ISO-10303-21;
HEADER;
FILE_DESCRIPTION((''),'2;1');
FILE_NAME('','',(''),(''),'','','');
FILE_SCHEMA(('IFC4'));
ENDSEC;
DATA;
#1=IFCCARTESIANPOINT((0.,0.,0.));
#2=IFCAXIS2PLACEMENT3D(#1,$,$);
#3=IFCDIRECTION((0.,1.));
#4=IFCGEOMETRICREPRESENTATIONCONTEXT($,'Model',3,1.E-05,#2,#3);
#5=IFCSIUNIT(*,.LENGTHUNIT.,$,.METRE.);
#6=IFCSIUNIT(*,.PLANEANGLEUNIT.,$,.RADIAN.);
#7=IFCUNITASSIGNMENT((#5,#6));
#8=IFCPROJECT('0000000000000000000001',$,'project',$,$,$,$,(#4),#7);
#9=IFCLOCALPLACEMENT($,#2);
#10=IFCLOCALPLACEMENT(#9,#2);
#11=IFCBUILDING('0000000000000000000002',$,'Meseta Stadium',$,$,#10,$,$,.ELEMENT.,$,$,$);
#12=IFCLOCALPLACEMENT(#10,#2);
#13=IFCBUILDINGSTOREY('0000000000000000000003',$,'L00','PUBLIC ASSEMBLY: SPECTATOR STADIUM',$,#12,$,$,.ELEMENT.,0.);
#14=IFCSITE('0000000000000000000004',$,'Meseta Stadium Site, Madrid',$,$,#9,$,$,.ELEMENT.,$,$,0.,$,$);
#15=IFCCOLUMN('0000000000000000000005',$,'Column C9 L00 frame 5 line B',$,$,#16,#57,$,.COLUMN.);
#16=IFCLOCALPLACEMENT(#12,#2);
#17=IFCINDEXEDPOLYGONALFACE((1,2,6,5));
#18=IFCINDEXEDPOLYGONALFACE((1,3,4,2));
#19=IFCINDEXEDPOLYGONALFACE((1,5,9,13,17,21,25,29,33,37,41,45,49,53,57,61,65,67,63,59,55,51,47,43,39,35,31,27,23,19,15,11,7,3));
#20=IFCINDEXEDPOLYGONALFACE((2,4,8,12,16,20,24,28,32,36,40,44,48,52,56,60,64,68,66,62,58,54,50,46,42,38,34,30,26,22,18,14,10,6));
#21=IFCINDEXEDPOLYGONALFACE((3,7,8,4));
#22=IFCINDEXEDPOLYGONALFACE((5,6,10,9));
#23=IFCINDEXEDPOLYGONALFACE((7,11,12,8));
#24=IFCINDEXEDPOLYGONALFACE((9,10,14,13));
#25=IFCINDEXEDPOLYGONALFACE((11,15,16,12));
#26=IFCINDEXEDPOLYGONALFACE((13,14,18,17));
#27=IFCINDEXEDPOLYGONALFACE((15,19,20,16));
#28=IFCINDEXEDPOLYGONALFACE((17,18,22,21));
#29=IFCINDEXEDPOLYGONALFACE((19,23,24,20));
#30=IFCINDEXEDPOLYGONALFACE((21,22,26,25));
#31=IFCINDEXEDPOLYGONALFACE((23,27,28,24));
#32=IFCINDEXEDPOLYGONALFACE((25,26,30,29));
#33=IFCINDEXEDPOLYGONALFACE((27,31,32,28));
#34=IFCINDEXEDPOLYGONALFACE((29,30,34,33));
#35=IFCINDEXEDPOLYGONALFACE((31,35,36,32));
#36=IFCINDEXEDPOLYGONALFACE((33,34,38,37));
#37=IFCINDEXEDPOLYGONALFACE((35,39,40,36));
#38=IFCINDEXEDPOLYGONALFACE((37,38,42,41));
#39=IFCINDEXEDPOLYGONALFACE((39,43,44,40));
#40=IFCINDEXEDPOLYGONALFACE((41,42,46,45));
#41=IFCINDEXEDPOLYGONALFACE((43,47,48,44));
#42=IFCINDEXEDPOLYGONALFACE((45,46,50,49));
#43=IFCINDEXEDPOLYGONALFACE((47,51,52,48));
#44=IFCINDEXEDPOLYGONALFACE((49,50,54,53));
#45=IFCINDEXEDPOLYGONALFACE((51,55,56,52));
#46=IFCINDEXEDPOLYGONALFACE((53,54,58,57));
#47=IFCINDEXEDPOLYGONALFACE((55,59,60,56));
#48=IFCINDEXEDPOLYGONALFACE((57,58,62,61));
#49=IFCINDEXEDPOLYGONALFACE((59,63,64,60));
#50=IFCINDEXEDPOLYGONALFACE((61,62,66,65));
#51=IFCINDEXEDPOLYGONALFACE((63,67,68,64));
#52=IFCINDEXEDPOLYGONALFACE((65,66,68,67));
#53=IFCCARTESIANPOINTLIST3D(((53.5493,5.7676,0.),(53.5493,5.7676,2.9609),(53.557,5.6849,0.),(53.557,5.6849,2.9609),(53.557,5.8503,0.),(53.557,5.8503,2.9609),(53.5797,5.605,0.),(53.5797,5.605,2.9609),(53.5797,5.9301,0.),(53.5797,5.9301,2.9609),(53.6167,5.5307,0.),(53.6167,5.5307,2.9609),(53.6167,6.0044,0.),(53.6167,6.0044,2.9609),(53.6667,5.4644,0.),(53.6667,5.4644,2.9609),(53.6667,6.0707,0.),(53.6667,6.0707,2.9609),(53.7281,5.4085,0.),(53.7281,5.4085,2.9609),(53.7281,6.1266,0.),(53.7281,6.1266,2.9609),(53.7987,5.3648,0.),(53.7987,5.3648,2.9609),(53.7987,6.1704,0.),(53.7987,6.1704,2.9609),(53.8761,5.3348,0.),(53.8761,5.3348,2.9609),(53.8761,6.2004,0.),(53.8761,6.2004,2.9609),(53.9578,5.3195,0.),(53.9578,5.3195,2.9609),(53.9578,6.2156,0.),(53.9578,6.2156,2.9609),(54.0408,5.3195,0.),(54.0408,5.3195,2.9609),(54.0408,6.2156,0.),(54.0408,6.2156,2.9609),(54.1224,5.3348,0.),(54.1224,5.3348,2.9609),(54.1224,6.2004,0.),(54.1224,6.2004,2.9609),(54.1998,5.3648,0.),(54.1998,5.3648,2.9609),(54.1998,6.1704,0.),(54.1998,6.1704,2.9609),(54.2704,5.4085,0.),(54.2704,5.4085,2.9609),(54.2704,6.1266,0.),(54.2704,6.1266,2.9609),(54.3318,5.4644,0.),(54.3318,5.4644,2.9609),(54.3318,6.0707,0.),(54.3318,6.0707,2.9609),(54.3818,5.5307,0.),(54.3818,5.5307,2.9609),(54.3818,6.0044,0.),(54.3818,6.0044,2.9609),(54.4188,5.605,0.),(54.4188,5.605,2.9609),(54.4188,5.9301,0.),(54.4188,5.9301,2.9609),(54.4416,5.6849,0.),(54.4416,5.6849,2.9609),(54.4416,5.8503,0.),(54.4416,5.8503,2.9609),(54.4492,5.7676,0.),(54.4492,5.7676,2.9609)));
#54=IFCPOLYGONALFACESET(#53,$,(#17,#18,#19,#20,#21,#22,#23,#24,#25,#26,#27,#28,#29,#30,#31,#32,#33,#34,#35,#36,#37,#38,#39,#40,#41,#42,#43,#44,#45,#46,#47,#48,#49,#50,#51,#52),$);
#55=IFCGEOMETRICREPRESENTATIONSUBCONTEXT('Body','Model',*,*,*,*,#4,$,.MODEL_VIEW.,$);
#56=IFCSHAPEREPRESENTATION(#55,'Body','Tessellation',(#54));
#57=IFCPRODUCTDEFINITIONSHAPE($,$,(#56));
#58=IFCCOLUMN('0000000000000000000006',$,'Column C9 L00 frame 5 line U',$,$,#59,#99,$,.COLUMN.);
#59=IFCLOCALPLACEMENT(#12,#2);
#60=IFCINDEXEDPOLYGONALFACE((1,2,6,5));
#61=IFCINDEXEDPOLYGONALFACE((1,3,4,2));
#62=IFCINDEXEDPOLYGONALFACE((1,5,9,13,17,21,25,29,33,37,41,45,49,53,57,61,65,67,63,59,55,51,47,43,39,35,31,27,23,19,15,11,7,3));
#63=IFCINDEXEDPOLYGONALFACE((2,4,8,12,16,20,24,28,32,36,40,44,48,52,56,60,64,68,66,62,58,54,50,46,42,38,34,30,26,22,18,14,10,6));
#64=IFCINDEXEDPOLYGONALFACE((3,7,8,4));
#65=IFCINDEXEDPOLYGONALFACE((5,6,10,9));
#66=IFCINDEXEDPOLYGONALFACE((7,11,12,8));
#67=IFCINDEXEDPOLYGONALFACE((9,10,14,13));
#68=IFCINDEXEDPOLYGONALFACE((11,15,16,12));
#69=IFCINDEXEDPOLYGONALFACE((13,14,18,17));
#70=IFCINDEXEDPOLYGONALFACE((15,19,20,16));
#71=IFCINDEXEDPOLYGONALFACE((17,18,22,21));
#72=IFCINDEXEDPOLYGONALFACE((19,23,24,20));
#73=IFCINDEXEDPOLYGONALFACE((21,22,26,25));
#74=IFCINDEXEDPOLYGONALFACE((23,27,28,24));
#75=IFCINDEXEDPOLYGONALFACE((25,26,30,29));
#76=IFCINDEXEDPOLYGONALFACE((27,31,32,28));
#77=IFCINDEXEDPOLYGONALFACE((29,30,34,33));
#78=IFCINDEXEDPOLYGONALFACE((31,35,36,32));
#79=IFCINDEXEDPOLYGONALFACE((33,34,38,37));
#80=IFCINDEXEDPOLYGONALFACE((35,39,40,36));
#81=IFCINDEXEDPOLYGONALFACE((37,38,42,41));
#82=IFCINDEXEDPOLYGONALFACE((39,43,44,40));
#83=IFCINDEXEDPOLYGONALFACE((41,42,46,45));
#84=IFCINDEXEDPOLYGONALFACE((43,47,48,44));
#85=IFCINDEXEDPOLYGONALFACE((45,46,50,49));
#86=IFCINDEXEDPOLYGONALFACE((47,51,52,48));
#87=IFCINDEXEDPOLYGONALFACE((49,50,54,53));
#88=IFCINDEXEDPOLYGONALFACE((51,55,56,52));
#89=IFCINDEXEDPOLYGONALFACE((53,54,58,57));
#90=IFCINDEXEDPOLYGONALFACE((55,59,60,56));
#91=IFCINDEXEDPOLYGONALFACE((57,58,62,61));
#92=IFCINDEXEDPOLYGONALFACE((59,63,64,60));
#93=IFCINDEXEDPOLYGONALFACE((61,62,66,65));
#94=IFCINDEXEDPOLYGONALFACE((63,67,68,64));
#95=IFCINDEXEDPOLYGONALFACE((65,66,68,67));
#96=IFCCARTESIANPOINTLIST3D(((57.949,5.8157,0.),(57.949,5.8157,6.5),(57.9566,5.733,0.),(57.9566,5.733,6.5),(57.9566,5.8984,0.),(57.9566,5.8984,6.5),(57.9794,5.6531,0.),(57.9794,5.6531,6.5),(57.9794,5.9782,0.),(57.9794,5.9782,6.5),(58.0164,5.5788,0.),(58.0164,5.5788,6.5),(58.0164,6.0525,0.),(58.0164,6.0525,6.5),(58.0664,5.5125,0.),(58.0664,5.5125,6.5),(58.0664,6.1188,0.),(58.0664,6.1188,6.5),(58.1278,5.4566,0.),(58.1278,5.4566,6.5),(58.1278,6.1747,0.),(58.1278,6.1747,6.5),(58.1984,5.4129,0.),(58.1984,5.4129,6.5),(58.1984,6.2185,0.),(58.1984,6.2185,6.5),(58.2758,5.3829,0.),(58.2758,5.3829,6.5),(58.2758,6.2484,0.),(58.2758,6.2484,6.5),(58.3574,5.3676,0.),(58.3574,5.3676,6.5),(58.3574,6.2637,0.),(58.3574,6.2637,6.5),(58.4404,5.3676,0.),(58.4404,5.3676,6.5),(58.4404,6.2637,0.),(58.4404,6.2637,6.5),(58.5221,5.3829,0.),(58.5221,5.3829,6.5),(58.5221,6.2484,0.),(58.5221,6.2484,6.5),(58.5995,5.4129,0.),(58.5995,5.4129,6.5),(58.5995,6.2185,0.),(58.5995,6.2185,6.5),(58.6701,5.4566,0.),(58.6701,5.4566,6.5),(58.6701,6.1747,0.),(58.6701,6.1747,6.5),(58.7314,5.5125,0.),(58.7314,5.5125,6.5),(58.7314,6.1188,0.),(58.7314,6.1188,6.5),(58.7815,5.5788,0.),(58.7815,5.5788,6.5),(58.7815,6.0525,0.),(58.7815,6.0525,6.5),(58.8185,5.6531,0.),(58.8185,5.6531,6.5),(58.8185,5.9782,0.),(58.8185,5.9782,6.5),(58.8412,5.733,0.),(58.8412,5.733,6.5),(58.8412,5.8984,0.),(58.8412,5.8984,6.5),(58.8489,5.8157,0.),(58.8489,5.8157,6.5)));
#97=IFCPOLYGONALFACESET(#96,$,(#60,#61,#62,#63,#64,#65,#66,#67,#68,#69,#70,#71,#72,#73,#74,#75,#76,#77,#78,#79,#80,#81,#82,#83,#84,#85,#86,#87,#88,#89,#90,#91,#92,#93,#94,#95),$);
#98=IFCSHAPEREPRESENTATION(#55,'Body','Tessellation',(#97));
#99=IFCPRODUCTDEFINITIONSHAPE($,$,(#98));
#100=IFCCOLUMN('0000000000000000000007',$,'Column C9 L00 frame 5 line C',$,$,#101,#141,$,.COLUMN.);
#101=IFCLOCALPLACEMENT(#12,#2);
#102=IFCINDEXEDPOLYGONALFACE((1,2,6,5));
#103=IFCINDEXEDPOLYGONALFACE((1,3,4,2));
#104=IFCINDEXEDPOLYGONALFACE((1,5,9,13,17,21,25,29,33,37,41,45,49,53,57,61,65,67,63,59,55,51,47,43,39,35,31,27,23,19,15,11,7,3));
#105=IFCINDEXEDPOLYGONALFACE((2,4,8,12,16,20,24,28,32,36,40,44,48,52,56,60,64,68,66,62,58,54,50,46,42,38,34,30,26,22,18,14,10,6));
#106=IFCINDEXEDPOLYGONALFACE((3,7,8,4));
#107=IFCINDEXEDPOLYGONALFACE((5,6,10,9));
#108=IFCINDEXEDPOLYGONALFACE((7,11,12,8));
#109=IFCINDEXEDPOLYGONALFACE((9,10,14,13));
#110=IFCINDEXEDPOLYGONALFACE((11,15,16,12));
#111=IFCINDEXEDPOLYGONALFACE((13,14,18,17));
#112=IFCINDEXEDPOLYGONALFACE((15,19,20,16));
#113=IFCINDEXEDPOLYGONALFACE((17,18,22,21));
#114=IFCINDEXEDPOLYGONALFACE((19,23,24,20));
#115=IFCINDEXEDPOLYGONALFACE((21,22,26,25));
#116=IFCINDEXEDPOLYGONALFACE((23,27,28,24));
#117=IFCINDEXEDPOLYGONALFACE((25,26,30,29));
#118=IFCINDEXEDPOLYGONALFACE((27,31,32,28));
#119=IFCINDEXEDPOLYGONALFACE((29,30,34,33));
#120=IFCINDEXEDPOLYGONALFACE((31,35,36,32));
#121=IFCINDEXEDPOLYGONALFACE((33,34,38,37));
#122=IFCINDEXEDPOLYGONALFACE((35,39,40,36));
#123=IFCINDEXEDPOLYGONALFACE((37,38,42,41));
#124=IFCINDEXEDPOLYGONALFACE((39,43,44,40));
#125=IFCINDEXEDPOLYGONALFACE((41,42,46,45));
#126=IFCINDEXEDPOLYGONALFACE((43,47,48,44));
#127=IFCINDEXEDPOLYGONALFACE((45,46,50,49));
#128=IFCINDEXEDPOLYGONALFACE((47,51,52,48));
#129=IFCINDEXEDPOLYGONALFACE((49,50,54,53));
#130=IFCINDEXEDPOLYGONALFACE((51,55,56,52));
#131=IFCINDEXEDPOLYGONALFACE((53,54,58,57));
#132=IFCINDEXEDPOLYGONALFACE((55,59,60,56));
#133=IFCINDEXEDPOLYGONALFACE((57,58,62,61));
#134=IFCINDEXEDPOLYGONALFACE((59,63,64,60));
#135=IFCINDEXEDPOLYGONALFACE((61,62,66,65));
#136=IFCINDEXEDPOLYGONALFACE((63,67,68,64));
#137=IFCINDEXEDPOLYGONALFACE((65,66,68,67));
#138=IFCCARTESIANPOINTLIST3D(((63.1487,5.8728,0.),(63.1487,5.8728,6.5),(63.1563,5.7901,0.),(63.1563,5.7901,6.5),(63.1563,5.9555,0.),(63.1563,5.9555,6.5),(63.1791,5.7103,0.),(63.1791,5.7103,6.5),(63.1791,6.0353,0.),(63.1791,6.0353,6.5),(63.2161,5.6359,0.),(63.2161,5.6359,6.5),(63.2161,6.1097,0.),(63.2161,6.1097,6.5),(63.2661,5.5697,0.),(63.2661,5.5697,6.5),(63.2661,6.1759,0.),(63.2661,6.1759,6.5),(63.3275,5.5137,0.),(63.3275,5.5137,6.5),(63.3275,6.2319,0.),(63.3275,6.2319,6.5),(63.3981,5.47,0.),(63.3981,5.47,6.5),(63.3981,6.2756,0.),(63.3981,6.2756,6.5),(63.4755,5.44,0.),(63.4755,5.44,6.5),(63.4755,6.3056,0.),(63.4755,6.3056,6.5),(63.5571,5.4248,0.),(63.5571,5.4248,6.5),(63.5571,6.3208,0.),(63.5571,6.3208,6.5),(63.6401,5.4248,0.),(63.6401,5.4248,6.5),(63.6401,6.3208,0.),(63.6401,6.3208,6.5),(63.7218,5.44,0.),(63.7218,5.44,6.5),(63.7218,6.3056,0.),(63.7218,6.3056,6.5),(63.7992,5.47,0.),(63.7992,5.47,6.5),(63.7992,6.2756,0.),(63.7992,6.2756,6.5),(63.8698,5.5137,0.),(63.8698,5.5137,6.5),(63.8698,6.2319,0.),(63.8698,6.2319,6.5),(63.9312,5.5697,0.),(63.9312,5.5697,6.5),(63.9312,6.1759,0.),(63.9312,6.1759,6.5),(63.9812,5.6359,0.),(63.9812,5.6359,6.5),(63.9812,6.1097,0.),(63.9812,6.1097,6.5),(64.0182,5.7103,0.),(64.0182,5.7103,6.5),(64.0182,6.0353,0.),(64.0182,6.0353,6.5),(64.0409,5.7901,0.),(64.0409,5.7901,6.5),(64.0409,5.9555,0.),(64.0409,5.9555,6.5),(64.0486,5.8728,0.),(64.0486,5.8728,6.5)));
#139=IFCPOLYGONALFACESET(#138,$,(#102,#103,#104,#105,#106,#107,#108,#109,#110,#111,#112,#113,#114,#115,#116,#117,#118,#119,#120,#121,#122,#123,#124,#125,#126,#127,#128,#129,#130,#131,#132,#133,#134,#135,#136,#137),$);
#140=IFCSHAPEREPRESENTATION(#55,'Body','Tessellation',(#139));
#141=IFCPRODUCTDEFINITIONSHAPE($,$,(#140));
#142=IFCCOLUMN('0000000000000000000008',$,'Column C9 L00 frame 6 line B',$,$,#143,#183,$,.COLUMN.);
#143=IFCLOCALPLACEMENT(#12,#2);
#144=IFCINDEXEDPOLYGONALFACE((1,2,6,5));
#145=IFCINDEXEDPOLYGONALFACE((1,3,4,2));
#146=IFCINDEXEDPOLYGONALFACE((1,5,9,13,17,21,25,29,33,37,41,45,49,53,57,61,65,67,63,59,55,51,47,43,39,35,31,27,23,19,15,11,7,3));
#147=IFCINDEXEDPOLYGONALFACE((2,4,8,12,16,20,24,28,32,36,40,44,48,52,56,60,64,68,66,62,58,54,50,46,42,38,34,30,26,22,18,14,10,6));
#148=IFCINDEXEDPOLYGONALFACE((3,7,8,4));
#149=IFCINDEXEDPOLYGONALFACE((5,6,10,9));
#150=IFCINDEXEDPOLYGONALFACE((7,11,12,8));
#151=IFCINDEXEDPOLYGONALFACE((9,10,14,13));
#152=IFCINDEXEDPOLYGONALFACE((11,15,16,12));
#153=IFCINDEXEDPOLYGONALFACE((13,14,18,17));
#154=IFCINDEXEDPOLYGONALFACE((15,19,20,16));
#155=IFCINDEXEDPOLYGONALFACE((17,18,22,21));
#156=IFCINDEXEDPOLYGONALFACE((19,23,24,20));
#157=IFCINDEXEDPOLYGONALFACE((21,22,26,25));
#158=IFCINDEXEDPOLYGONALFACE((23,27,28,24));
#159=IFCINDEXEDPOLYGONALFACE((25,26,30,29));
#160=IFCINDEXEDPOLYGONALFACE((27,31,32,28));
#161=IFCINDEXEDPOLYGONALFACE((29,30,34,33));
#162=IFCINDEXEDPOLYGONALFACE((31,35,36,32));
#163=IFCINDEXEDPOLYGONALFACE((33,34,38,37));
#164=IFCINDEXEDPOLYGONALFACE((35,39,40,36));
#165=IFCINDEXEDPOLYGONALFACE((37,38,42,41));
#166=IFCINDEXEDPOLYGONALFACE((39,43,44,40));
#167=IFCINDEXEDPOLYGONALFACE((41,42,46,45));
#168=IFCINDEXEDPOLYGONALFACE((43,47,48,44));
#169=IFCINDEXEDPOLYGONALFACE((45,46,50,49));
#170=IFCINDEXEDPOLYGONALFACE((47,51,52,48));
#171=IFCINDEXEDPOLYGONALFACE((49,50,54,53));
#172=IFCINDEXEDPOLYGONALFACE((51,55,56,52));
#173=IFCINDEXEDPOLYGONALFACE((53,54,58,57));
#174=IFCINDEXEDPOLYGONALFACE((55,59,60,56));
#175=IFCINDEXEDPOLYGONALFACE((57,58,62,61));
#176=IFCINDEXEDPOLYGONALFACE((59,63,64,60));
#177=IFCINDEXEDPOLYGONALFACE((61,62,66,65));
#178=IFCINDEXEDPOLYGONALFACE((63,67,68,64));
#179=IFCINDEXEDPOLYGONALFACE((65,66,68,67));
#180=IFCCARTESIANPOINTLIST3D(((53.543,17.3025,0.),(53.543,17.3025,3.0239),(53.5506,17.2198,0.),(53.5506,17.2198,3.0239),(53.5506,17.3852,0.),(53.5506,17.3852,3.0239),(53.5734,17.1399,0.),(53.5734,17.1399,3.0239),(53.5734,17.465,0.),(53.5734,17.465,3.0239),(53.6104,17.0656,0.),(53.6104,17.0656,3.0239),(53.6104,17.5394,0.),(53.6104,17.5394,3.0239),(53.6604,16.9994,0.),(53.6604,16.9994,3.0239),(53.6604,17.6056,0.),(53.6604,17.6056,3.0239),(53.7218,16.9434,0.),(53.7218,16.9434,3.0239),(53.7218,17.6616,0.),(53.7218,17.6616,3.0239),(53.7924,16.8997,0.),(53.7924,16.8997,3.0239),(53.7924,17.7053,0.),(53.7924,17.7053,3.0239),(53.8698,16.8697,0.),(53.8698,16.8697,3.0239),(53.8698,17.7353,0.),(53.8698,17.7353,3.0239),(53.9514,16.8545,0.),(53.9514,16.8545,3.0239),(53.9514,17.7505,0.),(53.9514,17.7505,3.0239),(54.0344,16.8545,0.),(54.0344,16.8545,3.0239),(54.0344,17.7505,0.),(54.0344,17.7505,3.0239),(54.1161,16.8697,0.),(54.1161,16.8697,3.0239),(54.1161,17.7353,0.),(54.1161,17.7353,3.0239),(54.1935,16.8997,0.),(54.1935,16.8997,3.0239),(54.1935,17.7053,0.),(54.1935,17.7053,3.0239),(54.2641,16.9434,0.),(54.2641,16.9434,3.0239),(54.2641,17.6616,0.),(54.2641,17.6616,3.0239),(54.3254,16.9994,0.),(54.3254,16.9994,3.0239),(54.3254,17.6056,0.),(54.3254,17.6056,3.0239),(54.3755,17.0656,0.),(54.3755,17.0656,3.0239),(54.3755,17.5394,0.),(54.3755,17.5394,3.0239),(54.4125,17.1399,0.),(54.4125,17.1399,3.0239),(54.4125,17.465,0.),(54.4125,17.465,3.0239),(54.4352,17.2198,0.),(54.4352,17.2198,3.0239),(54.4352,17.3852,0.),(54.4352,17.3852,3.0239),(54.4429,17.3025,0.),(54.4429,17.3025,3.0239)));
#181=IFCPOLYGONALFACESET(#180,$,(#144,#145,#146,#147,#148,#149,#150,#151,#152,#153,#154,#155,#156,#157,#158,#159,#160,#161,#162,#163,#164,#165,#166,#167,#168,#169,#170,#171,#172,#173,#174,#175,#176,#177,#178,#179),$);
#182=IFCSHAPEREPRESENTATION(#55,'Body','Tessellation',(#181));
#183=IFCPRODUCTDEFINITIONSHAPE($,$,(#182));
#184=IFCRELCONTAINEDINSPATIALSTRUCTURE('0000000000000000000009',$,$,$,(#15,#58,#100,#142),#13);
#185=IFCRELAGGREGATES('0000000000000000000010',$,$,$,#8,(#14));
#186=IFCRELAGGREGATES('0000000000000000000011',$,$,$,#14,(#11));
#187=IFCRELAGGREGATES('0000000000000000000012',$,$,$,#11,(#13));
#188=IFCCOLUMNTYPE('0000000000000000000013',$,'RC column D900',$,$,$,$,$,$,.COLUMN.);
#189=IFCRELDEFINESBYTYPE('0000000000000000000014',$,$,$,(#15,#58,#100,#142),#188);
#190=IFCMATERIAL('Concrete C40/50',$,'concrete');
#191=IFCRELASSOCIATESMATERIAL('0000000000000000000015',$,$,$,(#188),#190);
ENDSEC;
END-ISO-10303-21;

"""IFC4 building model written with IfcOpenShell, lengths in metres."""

from ifc_helpers import new_model, si_unit, direction, frame, origin, origin_2d, place, context, subcontext, project, spatial, circle, extrude, material, material_profile, profile_set, type_object, element, save


model = new_model("IFC4")

# Units and contexts
model_context = context("Model", 3, precision=1e-05, world=origin(), true_north=direction((0.0, 1.0)))
body_context = subcontext(model_context, "Body", "Model", "MODEL_VIEW")
ifc_project = project(units=[si_unit("LENGTHUNIT", "METRE"), si_unit("PLANEANGLEUNIT", "RADIAN")], contexts=[model_context])

# Site, building, storey
site_placement = place(None, origin())
site = spatial("IfcSite", under=ifc_project, at=site_placement, Name="Meseta Stadium Site, Madrid", CompositionType="ELEMENT", RefElevation=0.0)
building_placement = place(site_placement, origin())
building = spatial("IfcBuilding", under=site, at=building_placement, Name="Meseta Stadium", CompositionType="ELEMENT")
storey_placement = place(building_placement, origin())
storey = spatial("IfcBuildingStorey", under=building, at=storey_placement, Name="L00", Description="PUBLIC ASSEMBLY: SPECTATOR STADIUM", CompositionType="ELEMENT", Elevation=0.0)

# Columns
ifc_material_1 = material(Name="Concrete C40/50", Category="concrete")
ifc_material_profile_1 = material_profile(ifc_material_1, circle(Radius=0.45, at=origin_2d()), Name="RC D900")
ifc_profile_set_1 = profile_set([ifc_material_profile_1], Name="Concrete C40/50")
column_type = type_object("IfcColumnType", Name="RC column D900", PredefinedType="COLUMN", material=ifc_profile_set_1)
column_1_placement = place(storey_placement, frame((53.9993, 5.7676, 0.0), z_axis=(0.0, 0.0, 1.0), x_axis=(1.0, 0.0, 0.0)))
element("IfcColumn", 1, at=column_1_placement, inside=storey, type_object=column_type, Name="Column C9 L00 frame 5 line B", PredefinedType="COLUMN", context=body_context, shape_type="SweptSolid", body=[
    extrude(circle(Radius=0.45, at=origin_2d()), origin(), (0.0, 0.0, 1.0), 2.9609),
])
for number, where, z_axis, x_axis, name in (
    (2, (58.3989, 5.8157, 0.0), (0.0, 0.0, 1.0), (1.0, 0.0, 0.0), "Column C9 L00 frame 5 line U"),
    (3, (63.5986, 5.8728, 0.0), (0.0, 0.0, 1.0), (1.0, 0.0, 0.0), "Column C9 L00 frame 5 line C"),
):
    element("IfcColumn", number, at=place(storey_placement, frame(where, z_axis=z_axis, x_axis=x_axis)), inside=storey, type_object=column_type, Name=name, PredefinedType="COLUMN", context=body_context, shape_type="SweptSolid", body=[
        extrude(circle(Radius=0.45, at=origin_2d()), origin(), (0.0, 0.0, 1.0), 6.5),
    ])
column_2_placement = place(storey_placement, frame((53.9929, 17.3025, 0.0), z_axis=(0.0, 0.0, 1.0), x_axis=(1.0, 0.0, 0.0)))
element("IfcColumn", 4, at=column_2_placement, inside=storey, type_object=column_type, Name="Column C9 L00 frame 6 line B", PredefinedType="COLUMN", context=body_context, shape_type="SweptSolid", body=[
    extrude(circle(Radius=0.45, at=origin_2d()), origin(), (0.0, 0.0, 1.0), 3.0239),
])

save(model, "model.ifc")
